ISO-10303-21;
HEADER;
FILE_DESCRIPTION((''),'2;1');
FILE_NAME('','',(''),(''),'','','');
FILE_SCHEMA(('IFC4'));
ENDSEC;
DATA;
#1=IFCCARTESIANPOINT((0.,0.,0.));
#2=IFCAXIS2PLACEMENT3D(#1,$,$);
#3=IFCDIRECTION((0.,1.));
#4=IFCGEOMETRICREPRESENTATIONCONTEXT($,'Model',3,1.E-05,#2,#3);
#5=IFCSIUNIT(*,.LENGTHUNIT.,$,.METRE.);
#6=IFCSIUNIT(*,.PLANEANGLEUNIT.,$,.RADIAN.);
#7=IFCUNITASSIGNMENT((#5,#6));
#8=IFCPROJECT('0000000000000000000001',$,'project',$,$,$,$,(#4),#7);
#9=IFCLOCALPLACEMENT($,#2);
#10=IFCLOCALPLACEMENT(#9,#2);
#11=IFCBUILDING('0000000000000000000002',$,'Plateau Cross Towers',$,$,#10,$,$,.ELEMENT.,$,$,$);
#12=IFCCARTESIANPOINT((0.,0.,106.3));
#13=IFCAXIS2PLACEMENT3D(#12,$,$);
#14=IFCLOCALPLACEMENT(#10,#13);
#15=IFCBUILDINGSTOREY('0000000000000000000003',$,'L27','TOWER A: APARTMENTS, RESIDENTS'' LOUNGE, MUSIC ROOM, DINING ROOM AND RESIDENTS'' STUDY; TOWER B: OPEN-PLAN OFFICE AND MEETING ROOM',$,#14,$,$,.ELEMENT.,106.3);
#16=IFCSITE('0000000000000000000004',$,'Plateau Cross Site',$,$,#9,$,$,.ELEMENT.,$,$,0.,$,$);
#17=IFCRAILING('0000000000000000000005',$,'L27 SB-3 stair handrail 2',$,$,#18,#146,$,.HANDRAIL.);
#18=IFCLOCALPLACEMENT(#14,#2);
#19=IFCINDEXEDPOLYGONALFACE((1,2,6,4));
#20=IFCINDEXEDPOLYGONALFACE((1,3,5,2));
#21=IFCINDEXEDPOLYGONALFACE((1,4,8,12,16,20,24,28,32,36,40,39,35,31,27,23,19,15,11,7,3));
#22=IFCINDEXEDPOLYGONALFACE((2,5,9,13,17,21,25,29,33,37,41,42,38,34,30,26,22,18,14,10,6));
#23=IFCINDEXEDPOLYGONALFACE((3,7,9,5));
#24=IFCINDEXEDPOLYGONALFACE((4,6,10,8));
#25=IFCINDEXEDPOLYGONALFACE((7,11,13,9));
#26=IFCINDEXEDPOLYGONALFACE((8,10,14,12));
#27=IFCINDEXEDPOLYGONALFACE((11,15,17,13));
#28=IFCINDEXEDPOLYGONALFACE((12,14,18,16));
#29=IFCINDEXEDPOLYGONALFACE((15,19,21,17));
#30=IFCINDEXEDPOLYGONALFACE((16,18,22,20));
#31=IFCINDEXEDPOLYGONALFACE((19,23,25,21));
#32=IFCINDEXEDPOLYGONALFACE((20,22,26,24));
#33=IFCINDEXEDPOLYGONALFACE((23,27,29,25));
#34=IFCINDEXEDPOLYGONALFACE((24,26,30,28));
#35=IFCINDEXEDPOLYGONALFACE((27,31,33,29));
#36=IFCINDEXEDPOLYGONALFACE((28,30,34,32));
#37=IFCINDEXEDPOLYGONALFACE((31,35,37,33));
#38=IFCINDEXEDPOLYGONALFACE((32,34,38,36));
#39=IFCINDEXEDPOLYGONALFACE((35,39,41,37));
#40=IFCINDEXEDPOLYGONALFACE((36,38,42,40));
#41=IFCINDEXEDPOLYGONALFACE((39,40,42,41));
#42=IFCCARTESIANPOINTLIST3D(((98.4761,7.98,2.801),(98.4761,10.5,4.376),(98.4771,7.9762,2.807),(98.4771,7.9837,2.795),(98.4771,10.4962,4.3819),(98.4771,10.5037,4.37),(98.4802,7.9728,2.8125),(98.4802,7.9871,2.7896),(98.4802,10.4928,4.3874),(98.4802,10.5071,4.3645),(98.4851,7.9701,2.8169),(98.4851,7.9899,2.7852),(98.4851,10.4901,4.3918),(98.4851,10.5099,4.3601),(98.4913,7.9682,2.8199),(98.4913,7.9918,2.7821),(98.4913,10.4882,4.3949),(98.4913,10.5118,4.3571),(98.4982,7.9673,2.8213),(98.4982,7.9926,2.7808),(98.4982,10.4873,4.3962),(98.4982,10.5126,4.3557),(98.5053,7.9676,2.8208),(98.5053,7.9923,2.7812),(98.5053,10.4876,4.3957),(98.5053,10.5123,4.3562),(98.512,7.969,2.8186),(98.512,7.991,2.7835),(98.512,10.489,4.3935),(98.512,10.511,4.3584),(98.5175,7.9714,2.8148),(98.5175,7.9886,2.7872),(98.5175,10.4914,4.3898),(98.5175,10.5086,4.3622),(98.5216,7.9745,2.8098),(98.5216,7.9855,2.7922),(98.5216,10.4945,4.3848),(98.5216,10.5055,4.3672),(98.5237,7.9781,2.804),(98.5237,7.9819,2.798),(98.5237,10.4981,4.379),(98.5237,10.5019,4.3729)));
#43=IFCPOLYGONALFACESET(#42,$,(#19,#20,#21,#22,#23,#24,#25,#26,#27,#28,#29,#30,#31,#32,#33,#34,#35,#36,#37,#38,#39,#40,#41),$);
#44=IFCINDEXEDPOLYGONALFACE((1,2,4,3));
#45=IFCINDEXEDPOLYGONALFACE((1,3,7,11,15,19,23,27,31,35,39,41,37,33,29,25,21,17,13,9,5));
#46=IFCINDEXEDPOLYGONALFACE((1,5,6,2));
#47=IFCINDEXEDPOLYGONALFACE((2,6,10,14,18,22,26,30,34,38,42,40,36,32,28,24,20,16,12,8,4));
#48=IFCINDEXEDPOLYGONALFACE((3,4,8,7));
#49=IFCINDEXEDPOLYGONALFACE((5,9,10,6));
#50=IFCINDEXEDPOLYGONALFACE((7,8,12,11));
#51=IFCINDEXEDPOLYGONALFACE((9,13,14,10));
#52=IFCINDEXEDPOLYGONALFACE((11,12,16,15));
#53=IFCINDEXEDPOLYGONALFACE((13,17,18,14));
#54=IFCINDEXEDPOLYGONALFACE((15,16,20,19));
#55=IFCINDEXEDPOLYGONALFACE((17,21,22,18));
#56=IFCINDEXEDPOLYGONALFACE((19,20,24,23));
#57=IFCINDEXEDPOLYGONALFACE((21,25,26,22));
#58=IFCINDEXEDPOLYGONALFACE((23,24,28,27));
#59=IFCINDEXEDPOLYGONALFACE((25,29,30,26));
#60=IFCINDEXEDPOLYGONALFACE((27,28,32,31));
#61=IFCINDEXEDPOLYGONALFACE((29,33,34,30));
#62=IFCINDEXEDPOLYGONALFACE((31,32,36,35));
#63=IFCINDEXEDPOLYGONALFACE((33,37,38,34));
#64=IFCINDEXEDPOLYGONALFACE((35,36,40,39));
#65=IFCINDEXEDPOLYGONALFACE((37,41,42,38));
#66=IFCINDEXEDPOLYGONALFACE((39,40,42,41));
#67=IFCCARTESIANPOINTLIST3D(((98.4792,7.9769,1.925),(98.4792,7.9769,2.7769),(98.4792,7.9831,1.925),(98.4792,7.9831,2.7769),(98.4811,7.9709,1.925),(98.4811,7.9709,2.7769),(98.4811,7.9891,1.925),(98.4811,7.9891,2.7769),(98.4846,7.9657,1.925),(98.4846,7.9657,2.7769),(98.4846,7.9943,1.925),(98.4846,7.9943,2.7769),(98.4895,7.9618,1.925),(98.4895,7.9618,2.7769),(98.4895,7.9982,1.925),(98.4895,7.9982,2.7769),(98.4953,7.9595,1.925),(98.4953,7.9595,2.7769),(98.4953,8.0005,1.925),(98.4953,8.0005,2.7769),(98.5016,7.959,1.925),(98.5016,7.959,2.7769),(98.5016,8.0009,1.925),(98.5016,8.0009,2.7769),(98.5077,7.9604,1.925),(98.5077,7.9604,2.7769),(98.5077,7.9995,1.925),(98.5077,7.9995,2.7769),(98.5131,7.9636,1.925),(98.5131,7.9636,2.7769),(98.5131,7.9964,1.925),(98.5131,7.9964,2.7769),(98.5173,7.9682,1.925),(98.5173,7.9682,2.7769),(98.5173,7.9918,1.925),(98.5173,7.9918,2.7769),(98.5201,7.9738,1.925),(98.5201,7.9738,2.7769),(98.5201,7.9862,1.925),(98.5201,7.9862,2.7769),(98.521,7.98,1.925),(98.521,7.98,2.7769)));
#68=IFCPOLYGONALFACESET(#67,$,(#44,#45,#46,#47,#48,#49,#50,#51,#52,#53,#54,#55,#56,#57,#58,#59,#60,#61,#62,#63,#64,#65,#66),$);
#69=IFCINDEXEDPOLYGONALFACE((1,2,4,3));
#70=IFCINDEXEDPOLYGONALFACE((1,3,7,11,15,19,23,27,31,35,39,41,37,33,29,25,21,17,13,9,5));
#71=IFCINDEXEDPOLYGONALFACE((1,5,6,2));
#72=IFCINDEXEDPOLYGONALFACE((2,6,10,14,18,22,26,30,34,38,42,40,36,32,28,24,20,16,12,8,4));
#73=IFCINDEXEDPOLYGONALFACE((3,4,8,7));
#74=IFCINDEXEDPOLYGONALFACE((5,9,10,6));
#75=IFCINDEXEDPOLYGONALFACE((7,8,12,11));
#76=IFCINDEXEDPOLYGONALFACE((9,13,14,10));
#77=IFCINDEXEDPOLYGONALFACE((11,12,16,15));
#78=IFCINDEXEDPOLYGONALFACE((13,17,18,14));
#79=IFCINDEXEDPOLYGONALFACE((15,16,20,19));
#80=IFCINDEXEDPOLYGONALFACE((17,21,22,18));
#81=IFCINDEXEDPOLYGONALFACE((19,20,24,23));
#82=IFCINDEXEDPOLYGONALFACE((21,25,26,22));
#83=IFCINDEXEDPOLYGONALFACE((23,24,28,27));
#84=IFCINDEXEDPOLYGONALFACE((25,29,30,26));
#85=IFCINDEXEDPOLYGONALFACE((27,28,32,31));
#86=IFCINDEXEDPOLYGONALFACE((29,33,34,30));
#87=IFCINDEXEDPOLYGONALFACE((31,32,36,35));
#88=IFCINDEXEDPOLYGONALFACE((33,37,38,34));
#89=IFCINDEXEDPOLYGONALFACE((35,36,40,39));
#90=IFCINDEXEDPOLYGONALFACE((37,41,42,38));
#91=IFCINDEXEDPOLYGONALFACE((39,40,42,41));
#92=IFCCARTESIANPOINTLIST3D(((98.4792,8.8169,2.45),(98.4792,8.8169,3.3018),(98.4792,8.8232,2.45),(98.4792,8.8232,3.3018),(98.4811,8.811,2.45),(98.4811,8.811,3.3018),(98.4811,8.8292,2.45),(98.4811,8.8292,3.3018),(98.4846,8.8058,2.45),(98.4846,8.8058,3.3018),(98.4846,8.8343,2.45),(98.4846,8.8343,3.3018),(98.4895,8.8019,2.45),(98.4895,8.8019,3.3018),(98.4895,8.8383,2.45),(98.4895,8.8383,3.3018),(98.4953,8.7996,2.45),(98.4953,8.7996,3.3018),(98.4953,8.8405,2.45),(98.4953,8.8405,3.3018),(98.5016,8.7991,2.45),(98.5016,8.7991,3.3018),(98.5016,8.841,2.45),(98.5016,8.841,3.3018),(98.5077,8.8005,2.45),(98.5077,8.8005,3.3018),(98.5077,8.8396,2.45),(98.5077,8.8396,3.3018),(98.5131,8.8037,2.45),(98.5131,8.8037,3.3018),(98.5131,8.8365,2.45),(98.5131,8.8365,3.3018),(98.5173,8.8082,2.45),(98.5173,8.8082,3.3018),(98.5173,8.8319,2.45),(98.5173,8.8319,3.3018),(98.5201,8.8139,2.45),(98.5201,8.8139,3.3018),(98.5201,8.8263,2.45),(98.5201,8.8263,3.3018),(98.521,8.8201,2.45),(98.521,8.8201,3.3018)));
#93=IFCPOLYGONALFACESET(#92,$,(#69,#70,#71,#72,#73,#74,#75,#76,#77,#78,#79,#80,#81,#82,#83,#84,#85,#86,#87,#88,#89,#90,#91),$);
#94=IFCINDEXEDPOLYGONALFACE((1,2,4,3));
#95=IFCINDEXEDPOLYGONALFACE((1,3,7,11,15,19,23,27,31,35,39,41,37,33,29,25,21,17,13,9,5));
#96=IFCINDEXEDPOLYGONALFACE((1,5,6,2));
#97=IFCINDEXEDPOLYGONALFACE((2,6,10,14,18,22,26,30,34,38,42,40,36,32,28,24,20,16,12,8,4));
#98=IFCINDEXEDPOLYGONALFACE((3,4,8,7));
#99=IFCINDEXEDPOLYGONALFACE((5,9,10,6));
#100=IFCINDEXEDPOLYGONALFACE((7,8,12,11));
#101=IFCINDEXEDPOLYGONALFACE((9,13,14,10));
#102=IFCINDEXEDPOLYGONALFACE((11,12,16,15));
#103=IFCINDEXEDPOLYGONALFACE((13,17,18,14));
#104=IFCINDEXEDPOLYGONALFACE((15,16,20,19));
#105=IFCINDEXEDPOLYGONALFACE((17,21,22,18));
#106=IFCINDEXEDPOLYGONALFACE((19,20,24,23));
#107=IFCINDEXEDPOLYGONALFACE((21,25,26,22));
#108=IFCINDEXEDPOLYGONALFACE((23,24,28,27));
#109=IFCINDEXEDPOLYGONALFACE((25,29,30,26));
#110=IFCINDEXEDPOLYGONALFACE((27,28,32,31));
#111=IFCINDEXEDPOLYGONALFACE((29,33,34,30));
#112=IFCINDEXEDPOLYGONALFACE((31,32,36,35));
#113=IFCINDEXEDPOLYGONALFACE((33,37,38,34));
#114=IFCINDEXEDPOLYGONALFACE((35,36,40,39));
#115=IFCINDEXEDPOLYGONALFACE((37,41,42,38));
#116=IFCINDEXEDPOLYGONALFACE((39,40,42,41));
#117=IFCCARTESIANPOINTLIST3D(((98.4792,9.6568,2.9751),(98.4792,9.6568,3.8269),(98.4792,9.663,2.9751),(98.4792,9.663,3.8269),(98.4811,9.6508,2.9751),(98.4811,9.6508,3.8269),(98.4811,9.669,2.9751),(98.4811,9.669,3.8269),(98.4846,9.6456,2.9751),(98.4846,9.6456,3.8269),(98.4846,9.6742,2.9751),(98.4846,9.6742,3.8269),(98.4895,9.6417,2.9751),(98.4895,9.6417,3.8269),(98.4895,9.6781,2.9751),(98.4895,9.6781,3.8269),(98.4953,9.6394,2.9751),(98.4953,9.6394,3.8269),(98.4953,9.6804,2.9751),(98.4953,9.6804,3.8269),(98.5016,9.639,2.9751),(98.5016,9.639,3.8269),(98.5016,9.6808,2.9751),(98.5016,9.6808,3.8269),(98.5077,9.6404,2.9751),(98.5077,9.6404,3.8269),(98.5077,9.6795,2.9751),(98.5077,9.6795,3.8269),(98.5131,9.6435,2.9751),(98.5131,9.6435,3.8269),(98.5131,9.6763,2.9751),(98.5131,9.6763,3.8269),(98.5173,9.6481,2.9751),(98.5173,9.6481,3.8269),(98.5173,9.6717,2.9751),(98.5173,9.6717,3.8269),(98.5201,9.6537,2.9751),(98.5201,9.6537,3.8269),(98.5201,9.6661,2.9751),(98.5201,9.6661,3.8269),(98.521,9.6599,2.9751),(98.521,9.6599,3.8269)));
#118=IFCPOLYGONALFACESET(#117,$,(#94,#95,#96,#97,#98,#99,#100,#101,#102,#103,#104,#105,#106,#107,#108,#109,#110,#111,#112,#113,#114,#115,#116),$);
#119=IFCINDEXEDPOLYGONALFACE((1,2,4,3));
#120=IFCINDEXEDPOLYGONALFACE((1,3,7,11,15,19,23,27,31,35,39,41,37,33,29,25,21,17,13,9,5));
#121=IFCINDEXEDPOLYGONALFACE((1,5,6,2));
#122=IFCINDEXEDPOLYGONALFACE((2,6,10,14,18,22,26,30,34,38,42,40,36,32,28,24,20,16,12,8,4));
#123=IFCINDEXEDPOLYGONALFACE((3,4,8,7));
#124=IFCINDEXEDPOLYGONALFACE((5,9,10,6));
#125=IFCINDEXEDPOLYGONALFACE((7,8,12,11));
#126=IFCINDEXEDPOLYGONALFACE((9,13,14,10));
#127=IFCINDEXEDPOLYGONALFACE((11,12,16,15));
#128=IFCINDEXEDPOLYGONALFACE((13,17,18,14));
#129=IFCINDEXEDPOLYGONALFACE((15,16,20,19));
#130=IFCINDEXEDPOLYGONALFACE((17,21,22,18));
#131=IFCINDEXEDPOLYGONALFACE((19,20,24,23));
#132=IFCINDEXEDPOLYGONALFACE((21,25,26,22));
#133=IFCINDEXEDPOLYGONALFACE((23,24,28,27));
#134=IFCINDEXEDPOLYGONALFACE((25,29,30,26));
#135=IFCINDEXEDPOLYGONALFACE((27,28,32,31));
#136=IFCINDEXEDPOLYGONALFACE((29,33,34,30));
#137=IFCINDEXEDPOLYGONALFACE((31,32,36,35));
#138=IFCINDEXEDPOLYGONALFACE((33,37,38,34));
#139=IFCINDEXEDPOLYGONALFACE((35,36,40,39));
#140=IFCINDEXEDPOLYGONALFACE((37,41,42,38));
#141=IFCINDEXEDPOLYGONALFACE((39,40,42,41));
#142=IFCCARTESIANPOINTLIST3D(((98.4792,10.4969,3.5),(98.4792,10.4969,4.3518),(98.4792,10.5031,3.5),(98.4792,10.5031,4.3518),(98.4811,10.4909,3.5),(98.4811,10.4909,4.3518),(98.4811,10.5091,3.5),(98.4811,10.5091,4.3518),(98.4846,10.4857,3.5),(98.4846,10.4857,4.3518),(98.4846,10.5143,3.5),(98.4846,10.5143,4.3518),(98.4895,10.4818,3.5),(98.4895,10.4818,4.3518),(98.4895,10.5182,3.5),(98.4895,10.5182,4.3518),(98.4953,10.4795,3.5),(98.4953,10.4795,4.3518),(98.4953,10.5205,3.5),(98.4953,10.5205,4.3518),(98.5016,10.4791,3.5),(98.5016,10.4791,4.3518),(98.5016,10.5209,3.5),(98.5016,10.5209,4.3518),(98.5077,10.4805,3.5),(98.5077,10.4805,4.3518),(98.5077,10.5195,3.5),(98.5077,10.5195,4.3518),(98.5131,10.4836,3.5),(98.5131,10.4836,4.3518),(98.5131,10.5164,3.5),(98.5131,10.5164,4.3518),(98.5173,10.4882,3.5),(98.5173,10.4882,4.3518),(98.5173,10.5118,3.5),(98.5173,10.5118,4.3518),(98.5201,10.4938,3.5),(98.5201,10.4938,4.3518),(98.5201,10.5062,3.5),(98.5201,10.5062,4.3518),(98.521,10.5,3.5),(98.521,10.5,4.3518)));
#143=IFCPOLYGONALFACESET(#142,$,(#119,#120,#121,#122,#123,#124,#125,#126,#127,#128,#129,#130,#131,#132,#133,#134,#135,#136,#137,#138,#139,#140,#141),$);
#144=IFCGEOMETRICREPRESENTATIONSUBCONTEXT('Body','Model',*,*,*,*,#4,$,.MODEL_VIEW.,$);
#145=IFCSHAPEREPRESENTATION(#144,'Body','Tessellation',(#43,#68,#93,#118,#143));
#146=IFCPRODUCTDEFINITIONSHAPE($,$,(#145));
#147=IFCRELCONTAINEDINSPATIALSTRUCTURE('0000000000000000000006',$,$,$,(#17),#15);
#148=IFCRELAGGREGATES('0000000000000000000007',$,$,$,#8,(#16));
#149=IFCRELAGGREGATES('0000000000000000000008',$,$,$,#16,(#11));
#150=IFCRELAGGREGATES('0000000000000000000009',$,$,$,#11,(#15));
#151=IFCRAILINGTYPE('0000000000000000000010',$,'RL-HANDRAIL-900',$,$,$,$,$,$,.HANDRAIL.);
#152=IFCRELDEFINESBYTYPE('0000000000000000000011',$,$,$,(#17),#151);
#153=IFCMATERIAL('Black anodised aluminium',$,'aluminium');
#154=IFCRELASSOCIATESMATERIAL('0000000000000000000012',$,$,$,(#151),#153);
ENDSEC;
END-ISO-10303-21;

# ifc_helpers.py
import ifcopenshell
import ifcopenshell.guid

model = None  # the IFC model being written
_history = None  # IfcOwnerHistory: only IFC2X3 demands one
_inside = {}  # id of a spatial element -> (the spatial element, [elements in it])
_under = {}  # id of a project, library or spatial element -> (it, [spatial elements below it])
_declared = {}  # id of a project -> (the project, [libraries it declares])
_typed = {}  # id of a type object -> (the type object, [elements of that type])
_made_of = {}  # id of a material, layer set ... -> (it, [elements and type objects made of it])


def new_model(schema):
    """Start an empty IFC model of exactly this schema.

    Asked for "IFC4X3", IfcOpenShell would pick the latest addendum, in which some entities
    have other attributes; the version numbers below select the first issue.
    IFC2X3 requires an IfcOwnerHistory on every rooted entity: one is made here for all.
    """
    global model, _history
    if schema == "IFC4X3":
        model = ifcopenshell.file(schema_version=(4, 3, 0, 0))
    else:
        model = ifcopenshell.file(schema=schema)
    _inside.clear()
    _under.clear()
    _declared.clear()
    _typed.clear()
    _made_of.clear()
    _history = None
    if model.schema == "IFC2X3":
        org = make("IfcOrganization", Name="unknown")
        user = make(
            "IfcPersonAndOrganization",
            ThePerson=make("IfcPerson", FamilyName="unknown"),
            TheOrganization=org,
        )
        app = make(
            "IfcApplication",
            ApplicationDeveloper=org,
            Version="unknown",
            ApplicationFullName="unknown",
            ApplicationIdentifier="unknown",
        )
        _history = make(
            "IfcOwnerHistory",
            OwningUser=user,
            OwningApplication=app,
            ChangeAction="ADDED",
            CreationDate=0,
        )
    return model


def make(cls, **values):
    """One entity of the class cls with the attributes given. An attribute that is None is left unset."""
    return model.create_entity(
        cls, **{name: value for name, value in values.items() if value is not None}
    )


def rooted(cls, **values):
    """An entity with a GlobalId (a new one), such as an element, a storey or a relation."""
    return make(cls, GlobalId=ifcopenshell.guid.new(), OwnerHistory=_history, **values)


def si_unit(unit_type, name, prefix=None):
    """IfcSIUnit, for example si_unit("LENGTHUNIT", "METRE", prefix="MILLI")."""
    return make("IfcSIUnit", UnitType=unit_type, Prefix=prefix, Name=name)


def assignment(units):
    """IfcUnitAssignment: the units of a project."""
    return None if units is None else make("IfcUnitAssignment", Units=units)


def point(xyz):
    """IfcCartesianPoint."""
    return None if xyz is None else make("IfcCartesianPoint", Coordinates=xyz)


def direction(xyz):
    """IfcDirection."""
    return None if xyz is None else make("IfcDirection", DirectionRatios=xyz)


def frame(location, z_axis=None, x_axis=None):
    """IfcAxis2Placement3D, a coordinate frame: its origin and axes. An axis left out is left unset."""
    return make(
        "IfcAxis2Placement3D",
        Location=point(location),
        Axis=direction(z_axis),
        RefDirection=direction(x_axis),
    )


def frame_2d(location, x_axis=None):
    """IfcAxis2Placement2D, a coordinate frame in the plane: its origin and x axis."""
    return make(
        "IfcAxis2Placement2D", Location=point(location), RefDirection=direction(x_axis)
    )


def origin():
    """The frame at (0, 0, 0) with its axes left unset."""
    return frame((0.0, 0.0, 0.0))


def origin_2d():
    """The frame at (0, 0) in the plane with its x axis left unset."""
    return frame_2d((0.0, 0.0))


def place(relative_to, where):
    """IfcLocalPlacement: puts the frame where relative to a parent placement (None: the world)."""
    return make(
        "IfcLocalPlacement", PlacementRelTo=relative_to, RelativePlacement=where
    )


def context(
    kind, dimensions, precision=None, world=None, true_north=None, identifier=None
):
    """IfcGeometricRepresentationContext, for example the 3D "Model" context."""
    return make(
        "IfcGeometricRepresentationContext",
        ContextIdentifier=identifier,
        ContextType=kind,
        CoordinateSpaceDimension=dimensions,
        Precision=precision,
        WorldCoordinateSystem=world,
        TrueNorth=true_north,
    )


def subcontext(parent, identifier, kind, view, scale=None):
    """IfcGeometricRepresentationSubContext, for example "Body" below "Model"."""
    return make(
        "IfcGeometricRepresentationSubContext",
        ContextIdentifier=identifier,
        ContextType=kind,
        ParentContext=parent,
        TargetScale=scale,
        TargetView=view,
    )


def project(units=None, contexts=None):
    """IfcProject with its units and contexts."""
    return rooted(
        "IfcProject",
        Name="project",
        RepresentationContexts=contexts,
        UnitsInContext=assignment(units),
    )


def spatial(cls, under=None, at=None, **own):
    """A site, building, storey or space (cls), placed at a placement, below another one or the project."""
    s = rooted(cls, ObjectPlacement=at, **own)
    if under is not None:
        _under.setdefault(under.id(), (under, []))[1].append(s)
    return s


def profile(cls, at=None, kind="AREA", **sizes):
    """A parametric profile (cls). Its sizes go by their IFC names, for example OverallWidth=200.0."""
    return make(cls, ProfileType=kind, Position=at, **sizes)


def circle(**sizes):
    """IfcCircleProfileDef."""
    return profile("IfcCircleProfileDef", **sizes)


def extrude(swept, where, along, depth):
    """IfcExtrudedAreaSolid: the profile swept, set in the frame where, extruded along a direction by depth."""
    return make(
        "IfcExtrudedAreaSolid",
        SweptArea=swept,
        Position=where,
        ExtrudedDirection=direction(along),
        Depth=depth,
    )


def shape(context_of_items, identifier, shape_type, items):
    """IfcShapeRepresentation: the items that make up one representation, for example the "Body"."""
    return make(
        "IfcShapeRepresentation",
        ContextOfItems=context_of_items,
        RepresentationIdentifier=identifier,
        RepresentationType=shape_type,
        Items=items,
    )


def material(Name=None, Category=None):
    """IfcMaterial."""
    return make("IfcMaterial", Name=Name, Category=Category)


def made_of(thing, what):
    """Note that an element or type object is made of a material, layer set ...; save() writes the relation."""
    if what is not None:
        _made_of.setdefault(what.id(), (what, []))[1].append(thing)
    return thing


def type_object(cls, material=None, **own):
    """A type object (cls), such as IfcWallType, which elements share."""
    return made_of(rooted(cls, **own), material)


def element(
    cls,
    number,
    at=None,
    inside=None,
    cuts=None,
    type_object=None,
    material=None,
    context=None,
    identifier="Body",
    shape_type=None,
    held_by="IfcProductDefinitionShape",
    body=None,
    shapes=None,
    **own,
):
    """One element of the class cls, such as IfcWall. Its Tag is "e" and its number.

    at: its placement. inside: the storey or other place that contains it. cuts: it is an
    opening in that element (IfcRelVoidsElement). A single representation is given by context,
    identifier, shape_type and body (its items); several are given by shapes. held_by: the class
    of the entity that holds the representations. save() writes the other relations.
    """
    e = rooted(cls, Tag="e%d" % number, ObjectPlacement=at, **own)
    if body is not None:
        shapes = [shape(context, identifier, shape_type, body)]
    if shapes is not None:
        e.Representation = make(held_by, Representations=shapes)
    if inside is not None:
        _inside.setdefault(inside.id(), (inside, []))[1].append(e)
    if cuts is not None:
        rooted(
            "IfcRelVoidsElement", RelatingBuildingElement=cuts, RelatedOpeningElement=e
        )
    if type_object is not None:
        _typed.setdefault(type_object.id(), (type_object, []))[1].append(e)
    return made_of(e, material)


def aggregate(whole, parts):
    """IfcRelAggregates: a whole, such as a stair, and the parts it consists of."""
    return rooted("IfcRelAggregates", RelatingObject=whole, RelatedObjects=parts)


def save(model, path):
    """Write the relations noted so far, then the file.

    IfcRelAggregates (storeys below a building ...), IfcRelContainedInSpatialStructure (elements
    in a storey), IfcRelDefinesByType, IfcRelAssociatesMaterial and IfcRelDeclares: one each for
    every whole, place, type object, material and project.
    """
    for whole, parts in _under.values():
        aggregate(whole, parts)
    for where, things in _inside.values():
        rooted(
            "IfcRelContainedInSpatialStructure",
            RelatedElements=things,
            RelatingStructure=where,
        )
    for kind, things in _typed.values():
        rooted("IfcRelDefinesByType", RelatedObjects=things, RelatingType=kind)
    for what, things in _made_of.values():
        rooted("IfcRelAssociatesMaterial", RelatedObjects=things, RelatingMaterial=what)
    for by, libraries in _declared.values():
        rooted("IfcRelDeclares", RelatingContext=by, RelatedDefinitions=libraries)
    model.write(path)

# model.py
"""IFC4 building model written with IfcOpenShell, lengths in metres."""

from ifc_helpers import new_model, si_unit, direction, frame, origin, origin_2d, place, context, subcontext, project, spatial, circle, extrude, material, type_object, element, save


model = new_model("IFC4")

# Units and contexts
model_context = context("Model", 3, precision=1e-05, world=origin(), true_north=direction((0.0, 1.0)))
body_context = subcontext(model_context, "Body", "Model", "MODEL_VIEW")
ifc_project = project(units=[si_unit("LENGTHUNIT", "METRE"), si_unit("PLANEANGLEUNIT", "RADIAN")], contexts=[model_context])

# Site, building, storey
site_placement = place(None, origin())
site = spatial("IfcSite", under=ifc_project, at=site_placement, Name="Plateau Cross Site", CompositionType="ELEMENT", RefElevation=0.0)
building_placement = place(site_placement, origin())
building = spatial("IfcBuilding", under=site, at=building_placement, Name="Plateau Cross Towers", CompositionType="ELEMENT")
storey_placement = place(building_placement, frame((0.0, 0.0, 106.3)))
storey = spatial("IfcBuildingStorey", under=building, at=storey_placement, Name="L27", Description="TOWER A: APARTMENTS, RESIDENTS' LOUNGE, MUSIC ROOM, DINING ROOM AND RESIDENTS' STUDY; TOWER B: OPEN-PLAN OFFICE AND MEETING ROOM", CompositionType="ELEMENT", Elevation=106.3)

# Shared definitions
ifc_material_1 = material(Name="Black anodised aluminium", Category="aluminium")

# Railing
railing_type_1 = type_object("IfcRailingType", Name="RL-HANDRAIL-900", PredefinedType="HANDRAIL", material=ifc_material_1)
railing_1_placement = place(storey_placement, frame((98.5, 7.98, 1.925)))
element("IfcRailing", 1, at=railing_1_placement, inside=storey, type_object=railing_type_1, Name="L27 SB-3 stair handrail 2", PredefinedType="HANDRAIL", context=body_context, shape_type="SweptSolid", body=[
    extrude(circle(Radius=0.0239, at=origin_2d()), frame((0.0, 0.0, 0.876), z_axis=(0.0, 0.848008, 0.529984), x_axis=(-1.0, 0.0, 0.0)), (0.0, 0.0, 1.0), 2.9717),
    extrude(circle(Radius=0.021, at=origin_2d()), origin(), (0.0, 0.0, 1.0), 0.8518),
    extrude(circle(Radius=0.021, at=origin_2d()), frame((0.0, 0.8401, 0.5249)), (0.0, 0.0, 1.0), 0.8518),
    extrude(circle(Radius=0.021, at=origin_2d()), frame((0.0, 1.6799, 1.05)), (0.0, 0.0, 1.0), 0.8518),
    extrude(circle(Radius=0.021, at=origin_2d()), frame((0.0, 2.52, 1.575)), (0.0, 0.0, 1.0), 0.8518),
])

save(model, "model.ifc")
